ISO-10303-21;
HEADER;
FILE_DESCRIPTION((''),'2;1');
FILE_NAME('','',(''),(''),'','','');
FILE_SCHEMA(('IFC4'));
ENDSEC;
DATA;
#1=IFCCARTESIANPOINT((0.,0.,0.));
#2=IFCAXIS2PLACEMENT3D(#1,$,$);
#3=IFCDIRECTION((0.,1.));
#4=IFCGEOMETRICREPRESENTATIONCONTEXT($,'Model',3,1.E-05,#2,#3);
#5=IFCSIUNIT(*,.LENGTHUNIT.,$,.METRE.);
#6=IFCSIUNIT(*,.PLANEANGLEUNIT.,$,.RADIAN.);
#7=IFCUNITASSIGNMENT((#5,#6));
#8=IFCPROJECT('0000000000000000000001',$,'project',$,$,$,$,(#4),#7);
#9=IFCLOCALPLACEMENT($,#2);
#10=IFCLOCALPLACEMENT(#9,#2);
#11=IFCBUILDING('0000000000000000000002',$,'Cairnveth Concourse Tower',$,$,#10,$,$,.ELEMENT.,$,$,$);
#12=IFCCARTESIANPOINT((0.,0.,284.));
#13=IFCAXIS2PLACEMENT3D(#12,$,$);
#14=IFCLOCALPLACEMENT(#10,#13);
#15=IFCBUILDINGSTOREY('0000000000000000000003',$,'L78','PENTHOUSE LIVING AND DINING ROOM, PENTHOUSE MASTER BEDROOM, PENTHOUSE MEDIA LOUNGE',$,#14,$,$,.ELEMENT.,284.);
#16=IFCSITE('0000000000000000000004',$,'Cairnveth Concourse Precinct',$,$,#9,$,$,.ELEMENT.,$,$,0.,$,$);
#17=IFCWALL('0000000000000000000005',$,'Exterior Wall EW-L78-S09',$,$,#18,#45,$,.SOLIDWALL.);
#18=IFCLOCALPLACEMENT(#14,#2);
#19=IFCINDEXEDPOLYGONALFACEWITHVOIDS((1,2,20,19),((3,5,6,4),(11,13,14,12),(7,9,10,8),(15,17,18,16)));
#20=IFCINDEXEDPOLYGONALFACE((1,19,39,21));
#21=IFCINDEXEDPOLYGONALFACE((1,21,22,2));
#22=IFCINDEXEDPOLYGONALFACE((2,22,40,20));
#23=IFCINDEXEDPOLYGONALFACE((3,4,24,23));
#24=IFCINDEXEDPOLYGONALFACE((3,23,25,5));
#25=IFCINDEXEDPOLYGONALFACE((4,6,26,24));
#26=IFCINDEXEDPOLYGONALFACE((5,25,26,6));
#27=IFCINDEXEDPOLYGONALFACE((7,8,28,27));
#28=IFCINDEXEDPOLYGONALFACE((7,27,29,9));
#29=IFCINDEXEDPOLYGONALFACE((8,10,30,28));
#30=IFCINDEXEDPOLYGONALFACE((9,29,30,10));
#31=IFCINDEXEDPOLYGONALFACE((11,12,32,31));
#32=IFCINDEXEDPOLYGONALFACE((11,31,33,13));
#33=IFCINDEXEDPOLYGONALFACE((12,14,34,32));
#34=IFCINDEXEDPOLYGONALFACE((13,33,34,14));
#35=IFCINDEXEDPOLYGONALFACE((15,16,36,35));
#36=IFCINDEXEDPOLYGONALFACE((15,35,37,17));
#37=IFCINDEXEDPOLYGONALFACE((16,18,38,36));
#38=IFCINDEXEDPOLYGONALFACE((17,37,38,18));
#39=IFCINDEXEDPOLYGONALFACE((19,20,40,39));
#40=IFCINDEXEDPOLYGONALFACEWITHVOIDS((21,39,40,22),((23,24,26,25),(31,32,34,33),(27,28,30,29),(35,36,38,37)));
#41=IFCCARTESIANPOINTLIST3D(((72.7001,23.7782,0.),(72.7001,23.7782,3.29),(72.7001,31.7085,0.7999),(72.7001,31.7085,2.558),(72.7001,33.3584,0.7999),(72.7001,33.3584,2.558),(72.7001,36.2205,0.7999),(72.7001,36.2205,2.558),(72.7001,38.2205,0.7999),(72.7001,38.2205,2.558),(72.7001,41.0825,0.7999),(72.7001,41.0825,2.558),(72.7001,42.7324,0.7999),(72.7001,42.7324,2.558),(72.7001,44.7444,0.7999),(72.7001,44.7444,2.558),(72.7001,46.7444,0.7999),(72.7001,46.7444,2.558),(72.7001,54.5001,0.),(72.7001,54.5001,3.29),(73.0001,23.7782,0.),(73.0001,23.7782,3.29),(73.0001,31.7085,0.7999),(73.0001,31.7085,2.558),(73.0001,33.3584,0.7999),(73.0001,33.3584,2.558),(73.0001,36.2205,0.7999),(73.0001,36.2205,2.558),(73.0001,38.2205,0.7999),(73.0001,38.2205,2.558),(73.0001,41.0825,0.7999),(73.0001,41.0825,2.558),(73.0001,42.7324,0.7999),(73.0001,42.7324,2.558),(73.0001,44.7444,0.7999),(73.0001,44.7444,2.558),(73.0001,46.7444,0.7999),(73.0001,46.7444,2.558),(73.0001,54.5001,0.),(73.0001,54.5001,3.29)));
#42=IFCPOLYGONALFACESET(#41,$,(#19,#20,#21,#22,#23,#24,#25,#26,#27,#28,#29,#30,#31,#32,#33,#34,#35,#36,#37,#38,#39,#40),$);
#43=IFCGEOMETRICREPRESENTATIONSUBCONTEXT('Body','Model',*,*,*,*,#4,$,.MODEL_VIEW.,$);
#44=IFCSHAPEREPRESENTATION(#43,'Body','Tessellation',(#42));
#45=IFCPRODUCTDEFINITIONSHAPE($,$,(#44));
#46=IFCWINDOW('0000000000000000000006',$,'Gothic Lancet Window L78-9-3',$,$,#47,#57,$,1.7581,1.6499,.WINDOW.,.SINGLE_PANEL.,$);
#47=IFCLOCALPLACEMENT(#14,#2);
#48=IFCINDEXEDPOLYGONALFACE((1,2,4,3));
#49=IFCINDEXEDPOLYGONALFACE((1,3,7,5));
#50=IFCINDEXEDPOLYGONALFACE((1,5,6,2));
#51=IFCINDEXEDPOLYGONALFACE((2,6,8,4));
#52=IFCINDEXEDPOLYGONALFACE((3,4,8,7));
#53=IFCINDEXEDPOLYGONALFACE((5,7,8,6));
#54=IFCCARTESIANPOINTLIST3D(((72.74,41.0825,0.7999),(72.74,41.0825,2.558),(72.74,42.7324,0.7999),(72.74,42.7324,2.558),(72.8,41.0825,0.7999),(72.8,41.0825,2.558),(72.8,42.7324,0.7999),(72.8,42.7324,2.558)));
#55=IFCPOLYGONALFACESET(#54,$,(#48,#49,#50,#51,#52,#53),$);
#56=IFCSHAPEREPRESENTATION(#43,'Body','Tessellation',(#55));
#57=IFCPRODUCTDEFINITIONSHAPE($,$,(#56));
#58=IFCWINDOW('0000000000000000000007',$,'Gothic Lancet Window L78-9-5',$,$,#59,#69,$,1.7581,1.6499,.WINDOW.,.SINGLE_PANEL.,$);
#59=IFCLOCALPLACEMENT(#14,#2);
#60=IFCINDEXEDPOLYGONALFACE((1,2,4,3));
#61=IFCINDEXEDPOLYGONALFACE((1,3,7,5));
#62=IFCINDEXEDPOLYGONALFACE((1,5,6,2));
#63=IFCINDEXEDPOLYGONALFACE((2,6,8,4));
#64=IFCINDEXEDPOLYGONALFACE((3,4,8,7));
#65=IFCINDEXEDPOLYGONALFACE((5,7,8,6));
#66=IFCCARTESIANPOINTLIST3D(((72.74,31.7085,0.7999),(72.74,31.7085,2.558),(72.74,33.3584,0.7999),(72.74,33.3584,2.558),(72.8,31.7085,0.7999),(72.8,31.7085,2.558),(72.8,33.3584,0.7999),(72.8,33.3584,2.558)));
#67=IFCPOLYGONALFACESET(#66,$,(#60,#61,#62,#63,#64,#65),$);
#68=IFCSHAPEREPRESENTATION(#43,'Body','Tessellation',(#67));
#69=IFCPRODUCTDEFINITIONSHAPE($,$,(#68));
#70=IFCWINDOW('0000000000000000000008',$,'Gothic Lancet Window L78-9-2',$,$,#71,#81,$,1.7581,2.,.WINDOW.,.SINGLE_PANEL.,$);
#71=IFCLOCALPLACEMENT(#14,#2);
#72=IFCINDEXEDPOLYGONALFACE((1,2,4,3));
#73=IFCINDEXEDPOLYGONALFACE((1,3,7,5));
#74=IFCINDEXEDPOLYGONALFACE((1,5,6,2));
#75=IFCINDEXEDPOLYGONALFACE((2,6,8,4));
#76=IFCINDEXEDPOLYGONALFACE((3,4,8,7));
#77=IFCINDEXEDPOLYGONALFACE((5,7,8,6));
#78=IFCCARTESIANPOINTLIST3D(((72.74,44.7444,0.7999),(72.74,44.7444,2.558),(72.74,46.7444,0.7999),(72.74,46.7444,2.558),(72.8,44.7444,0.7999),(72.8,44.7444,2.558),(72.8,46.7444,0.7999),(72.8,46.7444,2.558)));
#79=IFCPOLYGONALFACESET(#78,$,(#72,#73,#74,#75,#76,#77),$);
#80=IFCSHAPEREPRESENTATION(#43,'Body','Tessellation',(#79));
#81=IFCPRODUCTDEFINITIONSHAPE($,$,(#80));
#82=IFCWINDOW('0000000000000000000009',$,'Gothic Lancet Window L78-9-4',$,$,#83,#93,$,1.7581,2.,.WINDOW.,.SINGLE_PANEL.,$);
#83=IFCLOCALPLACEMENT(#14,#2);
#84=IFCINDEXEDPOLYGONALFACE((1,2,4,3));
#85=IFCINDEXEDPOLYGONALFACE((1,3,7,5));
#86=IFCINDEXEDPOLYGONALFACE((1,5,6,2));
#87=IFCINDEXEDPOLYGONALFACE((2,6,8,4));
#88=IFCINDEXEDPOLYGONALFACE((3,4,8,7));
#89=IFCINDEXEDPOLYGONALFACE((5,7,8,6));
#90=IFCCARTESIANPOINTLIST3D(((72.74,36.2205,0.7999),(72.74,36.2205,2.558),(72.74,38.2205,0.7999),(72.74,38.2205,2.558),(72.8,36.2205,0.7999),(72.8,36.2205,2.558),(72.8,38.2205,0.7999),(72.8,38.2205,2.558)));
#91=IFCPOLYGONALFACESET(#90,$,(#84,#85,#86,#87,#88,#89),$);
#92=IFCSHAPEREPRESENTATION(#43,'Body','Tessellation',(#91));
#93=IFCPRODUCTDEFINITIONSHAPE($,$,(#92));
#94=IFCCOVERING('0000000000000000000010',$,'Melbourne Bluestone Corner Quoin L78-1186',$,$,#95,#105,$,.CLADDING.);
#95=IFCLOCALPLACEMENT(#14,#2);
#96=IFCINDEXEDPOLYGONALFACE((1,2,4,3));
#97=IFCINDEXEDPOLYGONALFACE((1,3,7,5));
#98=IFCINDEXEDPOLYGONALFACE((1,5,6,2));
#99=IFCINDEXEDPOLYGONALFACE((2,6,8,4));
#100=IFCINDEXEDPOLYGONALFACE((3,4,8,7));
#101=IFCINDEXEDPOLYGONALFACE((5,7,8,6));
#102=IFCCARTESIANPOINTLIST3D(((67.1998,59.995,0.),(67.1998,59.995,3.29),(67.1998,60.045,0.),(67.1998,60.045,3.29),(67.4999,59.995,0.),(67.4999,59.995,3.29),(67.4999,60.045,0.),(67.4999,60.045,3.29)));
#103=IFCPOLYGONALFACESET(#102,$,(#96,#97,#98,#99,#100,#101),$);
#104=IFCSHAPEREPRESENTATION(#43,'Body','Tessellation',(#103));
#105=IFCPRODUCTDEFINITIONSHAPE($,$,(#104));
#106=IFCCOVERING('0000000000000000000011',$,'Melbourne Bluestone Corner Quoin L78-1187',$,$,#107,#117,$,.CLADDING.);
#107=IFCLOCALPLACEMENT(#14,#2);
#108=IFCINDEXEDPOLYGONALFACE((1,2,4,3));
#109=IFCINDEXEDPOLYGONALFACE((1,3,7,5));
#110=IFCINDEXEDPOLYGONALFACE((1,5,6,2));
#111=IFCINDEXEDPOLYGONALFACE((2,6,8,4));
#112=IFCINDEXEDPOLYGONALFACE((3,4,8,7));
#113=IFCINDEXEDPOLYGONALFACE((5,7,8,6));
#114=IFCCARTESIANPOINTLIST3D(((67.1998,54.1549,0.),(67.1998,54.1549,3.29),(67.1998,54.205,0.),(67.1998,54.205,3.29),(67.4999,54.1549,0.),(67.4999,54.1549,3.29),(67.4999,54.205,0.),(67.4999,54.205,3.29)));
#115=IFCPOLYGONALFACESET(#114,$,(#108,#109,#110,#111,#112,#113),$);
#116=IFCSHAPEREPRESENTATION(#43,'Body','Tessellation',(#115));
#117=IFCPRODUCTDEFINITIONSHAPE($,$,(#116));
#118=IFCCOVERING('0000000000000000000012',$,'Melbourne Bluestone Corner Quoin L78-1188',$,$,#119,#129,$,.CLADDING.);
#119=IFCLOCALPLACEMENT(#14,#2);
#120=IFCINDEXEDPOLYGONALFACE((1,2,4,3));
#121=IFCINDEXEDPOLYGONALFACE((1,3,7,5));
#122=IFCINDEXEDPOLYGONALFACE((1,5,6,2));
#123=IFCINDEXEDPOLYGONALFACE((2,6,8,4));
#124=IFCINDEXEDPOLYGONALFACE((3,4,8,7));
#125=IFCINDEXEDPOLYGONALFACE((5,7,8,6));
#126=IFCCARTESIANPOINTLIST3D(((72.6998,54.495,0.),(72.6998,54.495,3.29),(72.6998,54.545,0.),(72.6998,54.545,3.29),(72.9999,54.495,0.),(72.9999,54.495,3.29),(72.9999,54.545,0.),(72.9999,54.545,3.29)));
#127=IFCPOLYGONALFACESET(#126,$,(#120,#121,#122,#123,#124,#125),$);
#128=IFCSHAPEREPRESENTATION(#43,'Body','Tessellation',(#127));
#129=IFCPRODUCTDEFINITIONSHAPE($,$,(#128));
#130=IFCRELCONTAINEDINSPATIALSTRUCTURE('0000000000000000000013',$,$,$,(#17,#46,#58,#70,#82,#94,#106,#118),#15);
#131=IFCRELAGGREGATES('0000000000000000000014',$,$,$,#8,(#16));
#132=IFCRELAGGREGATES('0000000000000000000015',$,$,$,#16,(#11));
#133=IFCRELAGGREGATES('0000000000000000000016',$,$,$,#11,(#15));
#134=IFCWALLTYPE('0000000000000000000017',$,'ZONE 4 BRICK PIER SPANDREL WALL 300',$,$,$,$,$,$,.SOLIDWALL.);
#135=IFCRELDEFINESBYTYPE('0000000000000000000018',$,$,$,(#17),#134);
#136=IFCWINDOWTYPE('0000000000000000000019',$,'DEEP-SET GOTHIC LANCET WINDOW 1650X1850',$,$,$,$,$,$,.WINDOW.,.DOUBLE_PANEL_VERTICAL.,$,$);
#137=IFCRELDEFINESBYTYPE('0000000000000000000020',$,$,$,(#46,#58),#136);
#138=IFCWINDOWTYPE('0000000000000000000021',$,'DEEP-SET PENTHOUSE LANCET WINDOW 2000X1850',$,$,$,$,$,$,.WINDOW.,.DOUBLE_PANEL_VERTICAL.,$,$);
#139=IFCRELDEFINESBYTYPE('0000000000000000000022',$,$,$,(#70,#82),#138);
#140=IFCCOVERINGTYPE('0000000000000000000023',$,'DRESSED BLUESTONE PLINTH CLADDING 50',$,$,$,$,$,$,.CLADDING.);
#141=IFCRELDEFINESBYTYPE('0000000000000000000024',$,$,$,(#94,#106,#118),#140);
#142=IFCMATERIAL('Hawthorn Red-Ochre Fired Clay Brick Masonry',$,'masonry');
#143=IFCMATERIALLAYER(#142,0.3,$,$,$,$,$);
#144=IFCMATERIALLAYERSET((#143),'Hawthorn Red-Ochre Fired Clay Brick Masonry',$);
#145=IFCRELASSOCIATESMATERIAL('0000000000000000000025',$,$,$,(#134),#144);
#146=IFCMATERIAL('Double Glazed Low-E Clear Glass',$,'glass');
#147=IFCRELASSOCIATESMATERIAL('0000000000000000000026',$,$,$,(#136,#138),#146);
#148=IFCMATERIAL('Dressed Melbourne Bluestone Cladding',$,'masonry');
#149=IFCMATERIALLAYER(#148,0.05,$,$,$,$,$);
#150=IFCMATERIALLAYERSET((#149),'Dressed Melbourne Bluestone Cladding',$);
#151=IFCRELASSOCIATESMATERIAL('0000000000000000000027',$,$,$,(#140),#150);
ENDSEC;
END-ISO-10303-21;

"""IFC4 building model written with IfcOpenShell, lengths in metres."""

from ifc_helpers import new_model, si_unit, direction, frame, frame_2d, origin, place, context, subcontext, project, spatial, rectangle, extrude, material, layer, layer_set, type_object, element, fill, save


model = new_model("IFC4")

# Units and contexts
model_context = context("Model", 3, precision=1e-05, world=origin(), true_north=direction((0.0, 1.0)))
body_context = subcontext(model_context, "Body", "Model", "MODEL_VIEW")
ifc_project = project(units=[si_unit("LENGTHUNIT", "METRE"), si_unit("PLANEANGLEUNIT", "RADIAN")], contexts=[model_context])

# Site, building, storey
site_placement = place(None, origin())
site = spatial("IfcSite", under=ifc_project, at=site_placement, Name="Cairnveth Concourse Precinct", CompositionType="ELEMENT", RefElevation=0.0)
building_placement = place(site_placement, origin())
building = spatial("IfcBuilding", under=site, at=building_placement, Name="Cairnveth Concourse Tower", CompositionType="ELEMENT")
storey_placement = place(building_placement, frame((0.0, 0.0, 284.0)))
storey = spatial("IfcBuildingStorey", under=building, at=storey_placement, Name="L78", Description="PENTHOUSE LIVING AND DINING ROOM, PENTHOUSE MASTER BEDROOM, PENTHOUSE MEDIA LOUNGE", CompositionType="ELEMENT", Elevation=284.0)

# Shared definitions
ifc_material_1 = material(Name="Hawthorn Red-Ochre Fired Clay Brick Masonry", Category="masonry")
ifc_layer_1 = layer(ifc_material_1, 0.3)
ifc_layer_set_1 = layer_set([ifc_layer_1], Name="Hawthorn Red-Ochre Fired Clay Brick Masonry")
wall_type = type_object("IfcWallType", Name="ZONE 4 BRICK PIER SPANDREL WALL 300", PredefinedType="SOLIDWALL", material=ifc_layer_set_1)
ifc_material_2 = material(Name="Double Glazed Low-E Clear Glass", Category="glass")

# Wall, openings, windows
wall_1_placement = place(storey_placement, frame((72.8501, 54.5, 0.0), z_axis=(0.0, 0.0, 1.0), x_axis=(0.0, -1.0, 0.0)))
wall_1 = element("IfcWall", 1, at=wall_1_placement, inside=storey, type_object=wall_type, Name="Exterior Wall EW-L78-S09", PredefinedType="SOLIDWALL", context=body_context, shape_type="SweptSolid", body=[
    extrude(rectangle(XDim=30.7219, YDim=0.3, at=frame_2d((15.3608, 0.0))), origin(), (0.0, 0.0, 1.0), 3.29),
])
opening_1_placement = place(wall_1_placement, frame((7.7556, 0.0, 0.8)))
opening_1 = element("IfcOpeningElement", 2, at=opening_1_placement, cuts=wall_1, PredefinedType="OPENING", context=body_context, shape_type="SweptSolid", body=[
    extrude(rectangle(XDim=2.0, YDim=1.7581, at=frame_2d((1.0, 0.8789))), frame((0.0, 0.1599, 0.0), z_axis=(0.0, -1.0, 0.0), x_axis=(1.0, 0.0, 0.0)), (0.0, 0.0, 1.0), 0.3201),
])
opening_2_placement = place(wall_1_placement, frame((11.7676, 0.0, 0.8)))
opening_2 = element("IfcOpeningElement", 3, at=opening_2_placement, cuts=wall_1, PredefinedType="OPENING", context=body_context, shape_type="SweptSolid", body=[
    extrude(rectangle(XDim=1.6499, YDim=1.7581, at=frame_2d((0.825, 0.8789))), frame((0.0, 0.1599, 0.0), z_axis=(0.0, -1.0, 0.0), x_axis=(1.0, 0.0, 0.0)), (0.0, 0.0, 1.0), 0.3201),
])
opening_3_placement = place(wall_1_placement, frame((16.2795, 0.0, 0.8)))
opening_3 = element("IfcOpeningElement", 4, at=opening_3_placement, cuts=wall_1, PredefinedType="OPENING", context=body_context, shape_type="SweptSolid", body=[
    extrude(rectangle(XDim=2.0, YDim=1.7581, at=frame_2d((1.0, 0.8789))), frame((0.0, 0.1599, 0.0), z_axis=(0.0, -1.0, 0.0), x_axis=(1.0, 0.0, 0.0)), (0.0, 0.0, 1.0), 0.3201),
])
opening_4_placement = place(wall_1_placement, frame((21.1416, 0.0, 0.8)))
opening_4 = element("IfcOpeningElement", 5, at=opening_4_placement, cuts=wall_1, PredefinedType="OPENING", context=body_context, shape_type="SweptSolid", body=[
    extrude(rectangle(XDim=1.6499, YDim=1.7581, at=frame_2d((0.825, 0.8789))), frame((0.0, 0.1599, 0.0), z_axis=(0.0, -1.0, 0.0), x_axis=(1.0, 0.0, 0.0)), (0.0, 0.0, 1.0), 0.3201),
])
window_type_1 = type_object("IfcWindowType", Name="DEEP-SET GOTHIC LANCET WINDOW 1650X1850", PartitioningType="DOUBLE_PANEL_VERTICAL", PredefinedType="WINDOW", material=ifc_material_2)
window_1_placement = place(opening_2_placement, origin())
window_1 = element("IfcWindow", 6, at=window_1_placement, inside=storey, type_object=window_type_1, Name="Gothic Lancet Window L78-9-3", OverallHeight=1.7581, OverallWidth=1.6499, PartitioningType="SINGLE_PANEL", PredefinedType="WINDOW", context=body_context, shape_type="SweptSolid", body=[
    extrude(rectangle(XDim=1.6499, YDim=1.7581, at=frame_2d((0.825, 0.8789))), frame((0.0, -0.05, 0.0), z_axis=(0.0, -1.0, 0.0), x_axis=(1.0, 0.0, 0.0)), (0.0, 0.0, 1.0), 0.0601),
])
fill(opening_2, window_1)
window_2_placement = place(opening_4_placement, origin())
window_2 = element("IfcWindow", 7, at=window_2_placement, inside=storey, type_object=window_type_1, Name="Gothic Lancet Window L78-9-5", OverallHeight=1.7581, OverallWidth=1.6499, PartitioningType="SINGLE_PANEL", PredefinedType="WINDOW", context=body_context, shape_type="SweptSolid", body=[
    extrude(rectangle(XDim=1.6499, YDim=1.7581, at=frame_2d((0.825, 0.8789))), frame((0.0, -0.05, 0.0), z_axis=(0.0, -1.0, 0.0), x_axis=(1.0, 0.0, 0.0)), (0.0, 0.0, 1.0), 0.0601),
])
fill(opening_4, window_2)
window_type_2 = type_object("IfcWindowType", Name="DEEP-SET PENTHOUSE LANCET WINDOW 2000X1850", PartitioningType="DOUBLE_PANEL_VERTICAL", PredefinedType="WINDOW", material=ifc_material_2)
window_3_placement = place(opening_1_placement, origin())
window_3 = element("IfcWindow", 8, at=window_3_placement, inside=storey, type_object=window_type_2, Name="Gothic Lancet Window L78-9-2", OverallHeight=1.7581, OverallWidth=2.0, PartitioningType="SINGLE_PANEL", PredefinedType="WINDOW", context=body_context, shape_type="SweptSolid", body=[
    extrude(rectangle(XDim=2.0, YDim=1.7581, at=frame_2d((1.0, 0.8789))), frame((0.0, -0.05, 0.0), z_axis=(0.0, -1.0, 0.0), x_axis=(1.0, 0.0, 0.0)), (0.0, 0.0, 1.0), 0.0601),
])
fill(opening_1, window_3)
window_4_placement = place(opening_3_placement, origin())
window_4 = element("IfcWindow", 9, at=window_4_placement, inside=storey, type_object=window_type_2, Name="Gothic Lancet Window L78-9-4", OverallHeight=1.7581, OverallWidth=2.0, PartitioningType="SINGLE_PANEL", PredefinedType="WINDOW", context=body_context, shape_type="SweptSolid", body=[
    extrude(rectangle(XDim=2.0, YDim=1.7581, at=frame_2d((1.0, 0.8789))), frame((0.0, -0.05, 0.0), z_axis=(0.0, -1.0, 0.0), x_axis=(1.0, 0.0, 0.0)), (0.0, 0.0, 1.0), 0.0601),
])
fill(opening_3, window_4)

# Coverings
ifc_material_3 = material(Name="Dressed Melbourne Bluestone Cladding", Category="masonry")
ifc_layer_2 = layer(ifc_material_3, 0.05)
ifc_layer_set_2 = layer_set([ifc_layer_2], Name="Dressed Melbourne Bluestone Cladding")
covering_type = type_object("IfcCoveringType", Name="DRESSED BLUESTONE PLINTH CLADDING 50", PredefinedType="CLADDING", material=ifc_layer_set_2)
for number, where, z_axis, x_axis, name in (
    (10, (67.2, 60.02, 0.0), (0.0, 0.0, 1.0), (1.0, 0.0, 0.0), "Melbourne Bluestone Corner Quoin L78-1186"),
    (11, (67.2, 54.1799, 0.0), (0.0, 0.0, 1.0), (1.0, 0.0, 0.0), "Melbourne Bluestone Corner Quoin L78-1187"),
    (12, (72.7, 54.52, 0.0), (0.0, 0.0, 1.0), (1.0, 0.0, 0.0), "Melbourne Bluestone Corner Quoin L78-1188"),
):
    element("IfcCovering", number, at=place(storey_placement, frame(where, z_axis=z_axis, x_axis=x_axis)), inside=storey, type_object=covering_type, Name=name, PredefinedType="CLADDING", context=body_context, shape_type="SweptSolid", body=[
        extrude(rectangle(XDim=0.3, YDim=0.05, at=frame_2d((0.1499, 0.0))), origin(), (0.0, 0.0, 1.0), 3.29),
    ])

save(model, "model.ifc")
